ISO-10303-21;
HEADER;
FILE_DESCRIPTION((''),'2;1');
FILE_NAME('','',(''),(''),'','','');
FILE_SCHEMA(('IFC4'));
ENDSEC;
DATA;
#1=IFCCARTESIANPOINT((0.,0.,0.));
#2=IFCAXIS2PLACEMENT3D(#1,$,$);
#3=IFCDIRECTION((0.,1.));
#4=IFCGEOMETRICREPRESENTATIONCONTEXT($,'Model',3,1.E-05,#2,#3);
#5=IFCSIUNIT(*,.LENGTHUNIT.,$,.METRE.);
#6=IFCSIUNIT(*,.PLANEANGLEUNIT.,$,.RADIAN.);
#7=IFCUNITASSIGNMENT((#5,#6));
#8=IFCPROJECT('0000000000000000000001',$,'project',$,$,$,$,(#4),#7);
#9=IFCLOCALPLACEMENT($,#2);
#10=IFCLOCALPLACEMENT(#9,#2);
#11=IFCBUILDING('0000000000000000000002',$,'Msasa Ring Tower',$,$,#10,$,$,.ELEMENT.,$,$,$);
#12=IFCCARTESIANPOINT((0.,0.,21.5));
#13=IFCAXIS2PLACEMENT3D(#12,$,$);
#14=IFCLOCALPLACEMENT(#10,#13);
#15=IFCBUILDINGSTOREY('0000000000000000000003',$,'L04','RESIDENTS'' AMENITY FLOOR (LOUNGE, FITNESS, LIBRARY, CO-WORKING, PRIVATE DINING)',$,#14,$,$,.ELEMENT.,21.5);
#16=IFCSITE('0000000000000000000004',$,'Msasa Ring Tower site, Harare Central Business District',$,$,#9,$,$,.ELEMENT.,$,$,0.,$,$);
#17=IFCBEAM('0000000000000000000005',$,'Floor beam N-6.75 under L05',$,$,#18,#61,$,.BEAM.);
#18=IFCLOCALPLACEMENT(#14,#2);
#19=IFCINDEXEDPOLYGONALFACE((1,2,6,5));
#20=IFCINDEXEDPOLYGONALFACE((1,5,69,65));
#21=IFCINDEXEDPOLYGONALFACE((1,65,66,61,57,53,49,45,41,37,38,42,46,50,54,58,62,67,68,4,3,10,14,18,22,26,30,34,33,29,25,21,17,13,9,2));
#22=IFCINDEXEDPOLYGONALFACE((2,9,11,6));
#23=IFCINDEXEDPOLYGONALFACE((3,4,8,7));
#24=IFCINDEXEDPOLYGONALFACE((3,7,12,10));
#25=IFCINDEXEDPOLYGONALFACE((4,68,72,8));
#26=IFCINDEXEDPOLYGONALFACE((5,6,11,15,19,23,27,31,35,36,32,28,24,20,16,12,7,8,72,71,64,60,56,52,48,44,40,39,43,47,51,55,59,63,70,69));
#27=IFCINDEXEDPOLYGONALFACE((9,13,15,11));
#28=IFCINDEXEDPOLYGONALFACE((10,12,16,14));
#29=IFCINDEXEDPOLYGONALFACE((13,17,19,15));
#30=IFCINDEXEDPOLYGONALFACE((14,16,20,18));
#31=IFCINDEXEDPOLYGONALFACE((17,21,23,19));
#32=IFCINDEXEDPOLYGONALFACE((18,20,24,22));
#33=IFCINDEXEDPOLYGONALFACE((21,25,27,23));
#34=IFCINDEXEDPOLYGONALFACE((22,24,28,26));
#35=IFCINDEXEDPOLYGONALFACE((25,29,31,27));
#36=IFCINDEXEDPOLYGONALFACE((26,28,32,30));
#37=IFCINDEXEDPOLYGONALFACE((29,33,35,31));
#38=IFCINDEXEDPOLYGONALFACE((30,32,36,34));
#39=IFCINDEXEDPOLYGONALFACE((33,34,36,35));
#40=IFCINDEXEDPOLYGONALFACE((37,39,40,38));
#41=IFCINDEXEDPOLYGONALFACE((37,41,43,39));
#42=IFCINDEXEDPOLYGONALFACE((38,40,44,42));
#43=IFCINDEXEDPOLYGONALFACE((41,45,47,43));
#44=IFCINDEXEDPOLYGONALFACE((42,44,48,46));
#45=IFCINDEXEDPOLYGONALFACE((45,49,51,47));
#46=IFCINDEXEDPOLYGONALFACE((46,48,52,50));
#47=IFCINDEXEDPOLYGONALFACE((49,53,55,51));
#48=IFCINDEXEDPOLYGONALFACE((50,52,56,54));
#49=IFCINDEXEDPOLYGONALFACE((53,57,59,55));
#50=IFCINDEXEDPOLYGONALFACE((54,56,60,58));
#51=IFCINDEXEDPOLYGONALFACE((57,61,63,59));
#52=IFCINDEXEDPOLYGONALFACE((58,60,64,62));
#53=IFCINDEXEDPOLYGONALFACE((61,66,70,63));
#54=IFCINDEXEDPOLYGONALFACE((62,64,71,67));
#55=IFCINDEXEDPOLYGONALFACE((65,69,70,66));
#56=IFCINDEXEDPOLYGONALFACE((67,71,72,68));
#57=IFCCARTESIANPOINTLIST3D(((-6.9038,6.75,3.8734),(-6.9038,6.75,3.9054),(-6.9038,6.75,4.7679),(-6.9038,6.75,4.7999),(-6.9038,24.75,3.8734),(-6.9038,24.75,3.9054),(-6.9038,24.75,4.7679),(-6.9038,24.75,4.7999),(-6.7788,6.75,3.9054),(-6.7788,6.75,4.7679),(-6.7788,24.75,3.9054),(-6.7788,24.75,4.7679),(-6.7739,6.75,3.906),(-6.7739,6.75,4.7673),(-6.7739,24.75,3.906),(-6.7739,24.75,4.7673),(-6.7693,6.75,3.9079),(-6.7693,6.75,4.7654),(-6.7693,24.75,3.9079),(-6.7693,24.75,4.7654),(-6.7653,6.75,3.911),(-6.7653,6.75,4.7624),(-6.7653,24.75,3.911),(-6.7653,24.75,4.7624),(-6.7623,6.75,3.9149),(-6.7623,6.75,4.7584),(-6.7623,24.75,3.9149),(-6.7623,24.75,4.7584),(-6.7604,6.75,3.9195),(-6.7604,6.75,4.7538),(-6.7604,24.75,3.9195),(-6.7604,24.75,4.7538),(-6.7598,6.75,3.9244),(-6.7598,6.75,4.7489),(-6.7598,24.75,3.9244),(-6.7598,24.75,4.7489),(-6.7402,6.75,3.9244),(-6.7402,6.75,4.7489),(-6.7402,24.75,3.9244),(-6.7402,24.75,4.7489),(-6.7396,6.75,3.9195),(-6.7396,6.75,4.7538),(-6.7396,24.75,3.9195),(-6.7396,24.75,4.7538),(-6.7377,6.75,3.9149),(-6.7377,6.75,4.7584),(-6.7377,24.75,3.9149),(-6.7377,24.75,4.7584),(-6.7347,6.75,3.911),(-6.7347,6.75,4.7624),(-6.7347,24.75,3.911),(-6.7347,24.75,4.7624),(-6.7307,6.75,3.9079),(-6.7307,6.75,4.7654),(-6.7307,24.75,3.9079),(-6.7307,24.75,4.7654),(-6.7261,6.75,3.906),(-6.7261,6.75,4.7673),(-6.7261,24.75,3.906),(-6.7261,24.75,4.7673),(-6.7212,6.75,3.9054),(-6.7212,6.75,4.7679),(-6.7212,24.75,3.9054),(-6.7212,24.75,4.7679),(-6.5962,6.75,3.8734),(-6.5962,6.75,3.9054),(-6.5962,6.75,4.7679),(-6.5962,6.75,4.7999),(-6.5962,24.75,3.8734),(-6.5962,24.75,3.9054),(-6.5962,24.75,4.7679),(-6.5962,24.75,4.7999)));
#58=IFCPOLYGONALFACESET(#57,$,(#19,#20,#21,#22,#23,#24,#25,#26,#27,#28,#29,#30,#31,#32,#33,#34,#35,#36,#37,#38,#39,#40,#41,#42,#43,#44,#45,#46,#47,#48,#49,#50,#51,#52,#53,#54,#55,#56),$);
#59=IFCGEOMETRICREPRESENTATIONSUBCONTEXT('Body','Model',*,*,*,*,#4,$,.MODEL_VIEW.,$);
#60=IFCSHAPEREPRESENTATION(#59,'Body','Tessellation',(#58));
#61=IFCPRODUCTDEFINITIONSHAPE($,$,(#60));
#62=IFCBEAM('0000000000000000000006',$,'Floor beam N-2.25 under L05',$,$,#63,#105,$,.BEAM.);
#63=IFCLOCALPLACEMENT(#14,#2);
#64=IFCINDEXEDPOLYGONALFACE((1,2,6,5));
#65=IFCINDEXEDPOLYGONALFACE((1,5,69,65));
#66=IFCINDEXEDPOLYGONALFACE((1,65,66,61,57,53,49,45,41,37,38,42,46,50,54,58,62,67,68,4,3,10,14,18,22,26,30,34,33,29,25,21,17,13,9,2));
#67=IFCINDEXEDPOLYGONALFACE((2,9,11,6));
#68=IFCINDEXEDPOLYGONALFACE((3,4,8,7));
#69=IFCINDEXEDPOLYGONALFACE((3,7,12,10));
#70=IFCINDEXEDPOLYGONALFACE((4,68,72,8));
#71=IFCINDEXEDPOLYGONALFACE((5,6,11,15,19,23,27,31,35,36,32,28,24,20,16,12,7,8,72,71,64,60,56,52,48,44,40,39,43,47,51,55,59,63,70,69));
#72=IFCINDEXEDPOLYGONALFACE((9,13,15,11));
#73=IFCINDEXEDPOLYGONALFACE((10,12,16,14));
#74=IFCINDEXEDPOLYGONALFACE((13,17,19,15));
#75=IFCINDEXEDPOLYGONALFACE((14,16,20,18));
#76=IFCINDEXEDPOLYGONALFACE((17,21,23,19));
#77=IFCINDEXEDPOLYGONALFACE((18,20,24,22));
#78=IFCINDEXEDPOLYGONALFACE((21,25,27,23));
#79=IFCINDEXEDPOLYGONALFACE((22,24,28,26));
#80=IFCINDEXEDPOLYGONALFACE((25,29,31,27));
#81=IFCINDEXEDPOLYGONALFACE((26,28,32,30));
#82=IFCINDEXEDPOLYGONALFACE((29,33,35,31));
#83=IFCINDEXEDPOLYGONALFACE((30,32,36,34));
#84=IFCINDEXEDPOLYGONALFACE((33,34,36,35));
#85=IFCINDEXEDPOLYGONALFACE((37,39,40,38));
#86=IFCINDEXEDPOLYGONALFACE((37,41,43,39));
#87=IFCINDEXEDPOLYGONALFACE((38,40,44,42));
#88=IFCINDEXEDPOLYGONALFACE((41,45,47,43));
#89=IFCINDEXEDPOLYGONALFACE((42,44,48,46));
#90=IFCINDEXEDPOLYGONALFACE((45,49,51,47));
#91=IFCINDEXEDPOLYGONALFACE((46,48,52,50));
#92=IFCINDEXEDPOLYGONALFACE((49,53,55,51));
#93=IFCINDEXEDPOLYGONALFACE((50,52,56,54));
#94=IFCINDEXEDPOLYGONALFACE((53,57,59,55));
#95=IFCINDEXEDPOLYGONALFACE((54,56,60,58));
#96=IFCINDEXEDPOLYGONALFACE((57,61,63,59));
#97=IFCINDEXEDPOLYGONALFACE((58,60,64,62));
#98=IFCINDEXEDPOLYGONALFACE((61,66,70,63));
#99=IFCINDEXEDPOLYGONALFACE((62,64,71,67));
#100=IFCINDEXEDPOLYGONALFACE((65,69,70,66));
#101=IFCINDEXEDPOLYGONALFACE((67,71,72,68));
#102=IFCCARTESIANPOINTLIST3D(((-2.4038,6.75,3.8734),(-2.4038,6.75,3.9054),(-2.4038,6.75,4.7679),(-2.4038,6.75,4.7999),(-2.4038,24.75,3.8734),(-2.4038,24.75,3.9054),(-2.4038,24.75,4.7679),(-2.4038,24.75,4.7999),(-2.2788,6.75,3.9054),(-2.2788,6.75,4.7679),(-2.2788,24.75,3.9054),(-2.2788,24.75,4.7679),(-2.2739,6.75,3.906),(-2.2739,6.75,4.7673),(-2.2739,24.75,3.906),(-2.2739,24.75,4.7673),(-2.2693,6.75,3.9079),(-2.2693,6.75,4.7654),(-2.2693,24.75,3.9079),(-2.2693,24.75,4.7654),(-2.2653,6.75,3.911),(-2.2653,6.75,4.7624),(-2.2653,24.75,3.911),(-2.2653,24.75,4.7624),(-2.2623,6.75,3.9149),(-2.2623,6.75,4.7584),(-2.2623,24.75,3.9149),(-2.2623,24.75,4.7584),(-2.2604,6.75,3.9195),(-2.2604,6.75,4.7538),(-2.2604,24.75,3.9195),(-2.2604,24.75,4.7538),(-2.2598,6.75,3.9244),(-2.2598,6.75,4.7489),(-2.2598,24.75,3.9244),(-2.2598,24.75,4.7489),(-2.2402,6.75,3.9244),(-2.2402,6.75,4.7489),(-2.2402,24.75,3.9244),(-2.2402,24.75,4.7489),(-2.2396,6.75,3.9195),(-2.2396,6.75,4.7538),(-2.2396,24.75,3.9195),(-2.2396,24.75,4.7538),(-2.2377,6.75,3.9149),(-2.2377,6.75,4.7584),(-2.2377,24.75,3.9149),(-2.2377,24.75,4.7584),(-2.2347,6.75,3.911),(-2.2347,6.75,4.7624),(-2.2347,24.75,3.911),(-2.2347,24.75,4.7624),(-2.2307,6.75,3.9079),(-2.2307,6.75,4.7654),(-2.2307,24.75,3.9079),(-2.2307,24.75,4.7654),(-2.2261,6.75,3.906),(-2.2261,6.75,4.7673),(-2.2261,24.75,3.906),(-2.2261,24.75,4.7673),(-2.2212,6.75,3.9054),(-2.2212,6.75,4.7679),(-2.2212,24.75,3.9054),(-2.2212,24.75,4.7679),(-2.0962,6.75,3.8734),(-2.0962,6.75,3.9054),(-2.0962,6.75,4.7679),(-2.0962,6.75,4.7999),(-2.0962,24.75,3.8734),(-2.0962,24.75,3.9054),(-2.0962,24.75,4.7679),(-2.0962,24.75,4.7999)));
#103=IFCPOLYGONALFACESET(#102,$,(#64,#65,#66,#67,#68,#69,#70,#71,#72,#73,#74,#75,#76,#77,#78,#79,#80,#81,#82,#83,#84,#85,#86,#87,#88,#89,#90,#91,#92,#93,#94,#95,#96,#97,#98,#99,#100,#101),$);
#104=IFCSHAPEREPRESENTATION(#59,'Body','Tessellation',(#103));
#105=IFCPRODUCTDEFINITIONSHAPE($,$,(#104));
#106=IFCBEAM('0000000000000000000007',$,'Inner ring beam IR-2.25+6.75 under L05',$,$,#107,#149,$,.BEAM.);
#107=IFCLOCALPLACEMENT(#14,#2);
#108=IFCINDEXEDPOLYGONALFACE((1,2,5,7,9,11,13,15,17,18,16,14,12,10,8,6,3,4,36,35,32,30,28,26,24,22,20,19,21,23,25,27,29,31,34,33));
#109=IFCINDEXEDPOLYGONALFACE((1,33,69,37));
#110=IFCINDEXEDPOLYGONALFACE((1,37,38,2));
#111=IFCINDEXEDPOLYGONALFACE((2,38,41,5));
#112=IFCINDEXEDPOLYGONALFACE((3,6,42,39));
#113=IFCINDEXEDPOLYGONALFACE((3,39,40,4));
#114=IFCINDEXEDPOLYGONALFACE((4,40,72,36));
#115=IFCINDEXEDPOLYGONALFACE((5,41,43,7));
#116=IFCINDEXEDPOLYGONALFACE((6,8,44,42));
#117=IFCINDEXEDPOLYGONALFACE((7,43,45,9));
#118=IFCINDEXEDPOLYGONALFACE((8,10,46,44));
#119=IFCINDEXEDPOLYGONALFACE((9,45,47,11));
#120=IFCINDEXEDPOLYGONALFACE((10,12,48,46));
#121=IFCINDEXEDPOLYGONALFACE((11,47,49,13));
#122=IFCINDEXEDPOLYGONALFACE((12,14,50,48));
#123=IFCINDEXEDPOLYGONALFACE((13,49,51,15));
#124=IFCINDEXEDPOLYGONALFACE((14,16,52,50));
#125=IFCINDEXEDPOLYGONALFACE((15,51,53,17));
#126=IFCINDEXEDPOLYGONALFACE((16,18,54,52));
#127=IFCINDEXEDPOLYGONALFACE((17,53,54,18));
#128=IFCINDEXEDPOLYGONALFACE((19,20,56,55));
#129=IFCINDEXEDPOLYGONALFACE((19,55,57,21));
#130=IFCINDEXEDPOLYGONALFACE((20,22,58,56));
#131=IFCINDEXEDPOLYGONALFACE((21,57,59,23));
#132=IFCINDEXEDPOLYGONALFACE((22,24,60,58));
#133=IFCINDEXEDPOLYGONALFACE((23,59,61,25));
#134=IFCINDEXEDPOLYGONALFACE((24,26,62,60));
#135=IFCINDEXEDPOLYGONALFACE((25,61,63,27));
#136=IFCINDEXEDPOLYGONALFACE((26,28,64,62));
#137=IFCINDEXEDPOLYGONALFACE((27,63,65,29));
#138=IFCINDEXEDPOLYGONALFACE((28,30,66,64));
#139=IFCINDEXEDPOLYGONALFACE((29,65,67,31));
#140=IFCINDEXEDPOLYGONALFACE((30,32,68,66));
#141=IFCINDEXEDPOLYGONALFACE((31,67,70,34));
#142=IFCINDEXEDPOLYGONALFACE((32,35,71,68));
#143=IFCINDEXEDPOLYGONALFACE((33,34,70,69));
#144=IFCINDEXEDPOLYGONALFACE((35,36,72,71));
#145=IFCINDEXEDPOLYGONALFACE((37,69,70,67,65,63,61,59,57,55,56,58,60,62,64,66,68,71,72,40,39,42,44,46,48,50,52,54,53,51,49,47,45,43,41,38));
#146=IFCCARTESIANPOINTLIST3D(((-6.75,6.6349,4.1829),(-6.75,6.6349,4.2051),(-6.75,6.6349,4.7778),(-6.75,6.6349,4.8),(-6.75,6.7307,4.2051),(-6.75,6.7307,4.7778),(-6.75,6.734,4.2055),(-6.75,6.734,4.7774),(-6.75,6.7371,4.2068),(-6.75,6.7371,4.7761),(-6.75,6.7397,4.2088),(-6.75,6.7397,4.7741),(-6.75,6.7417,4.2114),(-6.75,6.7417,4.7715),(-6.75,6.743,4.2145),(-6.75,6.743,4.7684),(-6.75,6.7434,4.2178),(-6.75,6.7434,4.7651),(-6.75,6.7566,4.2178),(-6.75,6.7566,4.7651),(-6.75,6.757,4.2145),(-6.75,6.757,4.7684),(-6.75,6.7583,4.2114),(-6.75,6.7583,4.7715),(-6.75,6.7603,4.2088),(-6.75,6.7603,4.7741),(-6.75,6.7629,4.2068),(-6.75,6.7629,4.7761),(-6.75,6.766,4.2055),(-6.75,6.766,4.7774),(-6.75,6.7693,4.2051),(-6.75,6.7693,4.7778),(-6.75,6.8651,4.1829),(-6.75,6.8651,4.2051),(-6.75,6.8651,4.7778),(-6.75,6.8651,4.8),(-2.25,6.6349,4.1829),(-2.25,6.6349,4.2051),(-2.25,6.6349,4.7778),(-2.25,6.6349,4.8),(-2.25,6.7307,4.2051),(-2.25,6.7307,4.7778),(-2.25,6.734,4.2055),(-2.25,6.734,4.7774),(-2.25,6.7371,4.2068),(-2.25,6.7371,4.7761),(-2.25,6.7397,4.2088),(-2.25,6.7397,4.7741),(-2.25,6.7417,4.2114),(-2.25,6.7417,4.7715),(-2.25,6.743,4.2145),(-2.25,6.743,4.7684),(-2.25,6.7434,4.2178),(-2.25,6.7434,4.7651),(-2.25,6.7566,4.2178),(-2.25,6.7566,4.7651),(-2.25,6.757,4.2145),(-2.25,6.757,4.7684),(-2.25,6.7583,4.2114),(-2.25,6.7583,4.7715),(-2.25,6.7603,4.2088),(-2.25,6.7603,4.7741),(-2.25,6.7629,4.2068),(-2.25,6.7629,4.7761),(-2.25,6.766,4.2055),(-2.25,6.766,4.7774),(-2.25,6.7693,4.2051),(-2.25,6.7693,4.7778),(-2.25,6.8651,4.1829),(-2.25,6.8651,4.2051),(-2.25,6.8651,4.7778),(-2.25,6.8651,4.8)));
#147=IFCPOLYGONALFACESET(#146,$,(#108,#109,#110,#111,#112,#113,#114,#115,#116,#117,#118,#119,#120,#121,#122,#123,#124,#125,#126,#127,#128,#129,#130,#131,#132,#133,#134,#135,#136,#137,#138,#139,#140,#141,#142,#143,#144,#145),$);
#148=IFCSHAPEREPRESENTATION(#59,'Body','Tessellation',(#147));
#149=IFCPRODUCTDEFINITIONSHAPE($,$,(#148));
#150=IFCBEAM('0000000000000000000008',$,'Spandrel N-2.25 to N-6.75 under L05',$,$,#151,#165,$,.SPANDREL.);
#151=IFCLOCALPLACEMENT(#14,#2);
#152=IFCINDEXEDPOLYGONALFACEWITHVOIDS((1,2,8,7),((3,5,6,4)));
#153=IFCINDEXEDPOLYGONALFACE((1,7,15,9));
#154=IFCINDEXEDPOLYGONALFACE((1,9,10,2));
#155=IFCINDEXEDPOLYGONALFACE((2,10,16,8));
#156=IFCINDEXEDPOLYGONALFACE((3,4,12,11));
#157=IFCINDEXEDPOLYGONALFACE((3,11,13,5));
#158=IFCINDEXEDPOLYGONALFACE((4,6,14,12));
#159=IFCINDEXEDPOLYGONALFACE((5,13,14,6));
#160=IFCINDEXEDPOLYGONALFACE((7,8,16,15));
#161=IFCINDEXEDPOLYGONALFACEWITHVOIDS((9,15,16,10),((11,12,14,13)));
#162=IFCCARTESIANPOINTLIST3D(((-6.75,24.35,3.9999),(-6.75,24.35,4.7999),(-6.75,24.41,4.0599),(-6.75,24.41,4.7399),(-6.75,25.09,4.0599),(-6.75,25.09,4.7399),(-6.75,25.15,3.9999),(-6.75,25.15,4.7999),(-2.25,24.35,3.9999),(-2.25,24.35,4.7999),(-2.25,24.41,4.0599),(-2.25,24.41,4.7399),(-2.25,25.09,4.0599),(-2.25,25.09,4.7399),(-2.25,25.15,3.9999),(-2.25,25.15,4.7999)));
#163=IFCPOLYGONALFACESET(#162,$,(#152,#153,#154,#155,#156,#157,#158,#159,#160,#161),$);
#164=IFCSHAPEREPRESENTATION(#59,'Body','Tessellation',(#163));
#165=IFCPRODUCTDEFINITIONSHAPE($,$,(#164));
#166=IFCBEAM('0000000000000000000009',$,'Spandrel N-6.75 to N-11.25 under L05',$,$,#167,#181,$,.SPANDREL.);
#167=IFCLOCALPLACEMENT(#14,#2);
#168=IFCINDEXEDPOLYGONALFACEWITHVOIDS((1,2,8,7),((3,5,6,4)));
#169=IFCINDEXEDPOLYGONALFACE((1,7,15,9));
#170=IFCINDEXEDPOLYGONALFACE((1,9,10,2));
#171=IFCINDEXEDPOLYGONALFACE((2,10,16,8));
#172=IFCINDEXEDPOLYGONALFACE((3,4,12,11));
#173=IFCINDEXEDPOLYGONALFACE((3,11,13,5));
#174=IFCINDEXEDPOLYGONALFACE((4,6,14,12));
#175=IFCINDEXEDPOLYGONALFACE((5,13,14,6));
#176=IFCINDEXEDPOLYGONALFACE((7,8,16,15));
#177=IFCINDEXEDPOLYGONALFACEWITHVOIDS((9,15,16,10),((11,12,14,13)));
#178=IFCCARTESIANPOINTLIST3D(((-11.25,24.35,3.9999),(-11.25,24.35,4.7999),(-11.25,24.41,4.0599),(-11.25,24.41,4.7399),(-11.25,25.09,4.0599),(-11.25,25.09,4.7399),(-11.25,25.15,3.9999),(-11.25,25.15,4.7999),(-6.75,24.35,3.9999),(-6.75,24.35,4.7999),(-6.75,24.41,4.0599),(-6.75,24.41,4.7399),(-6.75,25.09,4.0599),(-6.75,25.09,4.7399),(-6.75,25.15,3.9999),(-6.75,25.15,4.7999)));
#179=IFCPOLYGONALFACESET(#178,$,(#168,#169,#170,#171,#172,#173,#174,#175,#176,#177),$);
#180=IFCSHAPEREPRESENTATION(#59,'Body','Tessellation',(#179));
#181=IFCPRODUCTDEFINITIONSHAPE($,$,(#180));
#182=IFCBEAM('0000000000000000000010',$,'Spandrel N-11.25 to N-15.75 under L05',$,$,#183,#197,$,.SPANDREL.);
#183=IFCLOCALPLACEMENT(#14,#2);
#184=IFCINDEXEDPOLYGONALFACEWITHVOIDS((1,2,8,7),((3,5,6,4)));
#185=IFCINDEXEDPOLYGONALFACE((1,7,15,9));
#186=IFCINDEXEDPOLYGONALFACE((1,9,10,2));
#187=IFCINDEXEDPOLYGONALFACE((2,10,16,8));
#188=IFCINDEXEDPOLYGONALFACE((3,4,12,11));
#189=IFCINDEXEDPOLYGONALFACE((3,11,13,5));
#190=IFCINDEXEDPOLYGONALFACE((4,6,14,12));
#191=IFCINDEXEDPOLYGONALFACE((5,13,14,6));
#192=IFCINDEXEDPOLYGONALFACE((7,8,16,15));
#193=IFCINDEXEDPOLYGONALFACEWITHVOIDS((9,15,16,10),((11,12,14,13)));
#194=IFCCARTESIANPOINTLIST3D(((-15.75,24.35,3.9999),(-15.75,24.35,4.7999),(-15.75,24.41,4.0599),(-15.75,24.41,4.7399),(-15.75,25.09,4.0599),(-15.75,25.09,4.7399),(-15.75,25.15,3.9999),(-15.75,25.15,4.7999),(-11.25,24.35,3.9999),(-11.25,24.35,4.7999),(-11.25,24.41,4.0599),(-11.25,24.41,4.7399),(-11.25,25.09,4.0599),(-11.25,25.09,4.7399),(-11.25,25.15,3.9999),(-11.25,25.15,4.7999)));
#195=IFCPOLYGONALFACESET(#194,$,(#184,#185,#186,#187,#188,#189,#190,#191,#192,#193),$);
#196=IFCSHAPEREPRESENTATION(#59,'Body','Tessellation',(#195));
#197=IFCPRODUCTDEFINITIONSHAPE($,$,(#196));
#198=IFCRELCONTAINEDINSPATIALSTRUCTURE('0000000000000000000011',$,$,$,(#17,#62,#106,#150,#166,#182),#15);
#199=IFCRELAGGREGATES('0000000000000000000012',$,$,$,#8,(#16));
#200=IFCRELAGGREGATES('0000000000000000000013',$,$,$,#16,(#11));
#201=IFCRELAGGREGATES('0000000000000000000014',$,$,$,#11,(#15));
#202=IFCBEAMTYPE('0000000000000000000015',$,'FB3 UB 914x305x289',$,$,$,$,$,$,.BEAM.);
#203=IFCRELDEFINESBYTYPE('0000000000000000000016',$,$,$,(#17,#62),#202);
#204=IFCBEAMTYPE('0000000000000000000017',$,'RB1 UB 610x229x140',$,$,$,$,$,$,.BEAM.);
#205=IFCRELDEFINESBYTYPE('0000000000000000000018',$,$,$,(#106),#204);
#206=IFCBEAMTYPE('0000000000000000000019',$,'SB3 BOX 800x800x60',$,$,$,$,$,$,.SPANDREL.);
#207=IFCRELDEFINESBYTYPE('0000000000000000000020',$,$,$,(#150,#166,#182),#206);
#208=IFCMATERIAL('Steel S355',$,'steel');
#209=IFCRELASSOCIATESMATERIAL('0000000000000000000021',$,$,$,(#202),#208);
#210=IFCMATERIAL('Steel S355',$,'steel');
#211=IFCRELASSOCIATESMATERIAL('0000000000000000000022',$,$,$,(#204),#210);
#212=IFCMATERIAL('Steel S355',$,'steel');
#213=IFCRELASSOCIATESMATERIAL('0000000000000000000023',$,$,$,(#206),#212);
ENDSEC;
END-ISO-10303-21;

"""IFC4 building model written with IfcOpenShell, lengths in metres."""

from ifc_helpers import new_model, si_unit, direction, frame, origin, origin_2d, place, context, subcontext, project, spatial, hollow_rectangle, i_section, extrude, material, material_profile, profile_set, type_object, element, save


model = new_model("IFC4")

# Units and contexts
model_context = context("Model", 3, precision=1e-05, world=origin(), true_north=direction((0.0, 1.0)))
body_context = subcontext(model_context, "Body", "Model", "MODEL_VIEW")
ifc_project = project(units=[si_unit("LENGTHUNIT", "METRE"), si_unit("PLANEANGLEUNIT", "RADIAN")], contexts=[model_context])

# Site, building, storey
site_placement = place(None, origin())
site = spatial("IfcSite", under=ifc_project, at=site_placement, Name="Msasa Ring Tower site, Harare Central Business District", CompositionType="ELEMENT", RefElevation=0.0)
building_placement = place(site_placement, origin())
building = spatial("IfcBuilding", under=site, at=building_placement, Name="Msasa Ring Tower", CompositionType="ELEMENT")
storey_placement = place(building_placement, frame((0.0, 0.0, 21.5)))
storey = spatial("IfcBuildingStorey", under=building, at=storey_placement, Name="L04", Description="RESIDENTS' AMENITY FLOOR (LOUNGE, FITNESS, LIBRARY, CO-WORKING, PRIVATE DINING)", CompositionType="ELEMENT", Elevation=21.5)

# Beams
ifc_material_1 = material(Name="Steel S355", Category="steel")
ifc_material_profile_1 = material_profile(ifc_material_1, i_section(OverallWidth=0.3076, OverallDepth=0.9265, WebThickness=0.0195, FlangeThickness=0.032, FilletRadius=0.019, at=origin_2d()), Name="UB 914x305x289")
ifc_profile_set_1 = profile_set([ifc_material_profile_1], Name="Steel S355")
beam_type_1 = type_object("IfcBeamType", Name="FB3 UB 914x305x289", PredefinedType="BEAM", material=ifc_profile_set_1)
for number, where, z_axis, x_axis, name in (
    (1, (-6.75, 24.75, 4.3367), (0.0, -1.0, 0.0), (1.0, 0.0, 0.0), "Floor beam N-6.75 under L05"),
    (2, (-2.25, 24.75, 4.3367), (0.0, -1.0, 0.0), (1.0, 0.0, 0.0), "Floor beam N-2.25 under L05"),
):
    element("IfcBeam", number, at=place(storey_placement, frame(where, z_axis=z_axis, x_axis=x_axis)), inside=storey, type_object=beam_type_1, Name=name, PredefinedType="BEAM", context=body_context, shape_type="SweptSolid", body=[
        extrude(i_section(OverallWidth=0.3076, OverallDepth=0.9265, WebThickness=0.0195, FlangeThickness=0.032, FilletRadius=0.019, at=origin_2d()), origin(), (0.0, 0.0, 1.0), 18.0),
    ])
ifc_material_2 = material(Name="Steel S355", Category="steel")
ifc_material_profile_2 = material_profile(ifc_material_2, i_section(OverallWidth=0.2302, OverallDepth=0.6172, WebThickness=0.0132, FlangeThickness=0.0222, FilletRadius=0.0127, at=origin_2d()), Name="UB 610x229x140")
ifc_profile_set_2 = profile_set([ifc_material_profile_2], Name="Steel S355")
beam_type_2 = type_object("IfcBeamType", Name="RB1 UB 610x229x140", PredefinedType="BEAM", material=ifc_profile_set_2)
beam_placement = place(storey_placement, frame((-2.25, 6.75, 4.4915), z_axis=(-1.0, 0.0, 0.0), x_axis=(0.0, -1.0, 0.0)))
element("IfcBeam", 3, at=beam_placement, inside=storey, type_object=beam_type_2, Name="Inner ring beam IR-2.25+6.75 under L05", PredefinedType="BEAM", context=body_context, shape_type="SweptSolid", body=[
    extrude(i_section(OverallWidth=0.2302, OverallDepth=0.6172, WebThickness=0.0132, FlangeThickness=0.0222, FilletRadius=0.0127, at=origin_2d()), origin(), (0.0, 0.0, 1.0), 4.5),
])
ifc_material_3 = material(Name="Steel S355", Category="steel")
ifc_material_profile_3 = material_profile(ifc_material_3, hollow_rectangle(XDim=0.8, YDim=0.8, WallThickness=0.0601, at=origin_2d()), Name="BOX 800x800x60")
ifc_profile_set_3 = profile_set([ifc_material_profile_3], Name="Steel S355")
beam_type_3 = type_object("IfcBeamType", Name="SB3 BOX 800x800x60", PredefinedType="SPANDREL", material=ifc_profile_set_3)
for number, where, z_axis, x_axis, name in (
    (4, (-2.25, 24.75, 4.3999), (-1.0, 0.0, 0.0), (0.0, -1.0, 0.0), "Spandrel N-2.25 to N-6.75 under L05"),
    (5, (-6.75, 24.75, 4.3999), (-1.0, 0.0, 0.0), (0.0, -1.0, 0.0), "Spandrel N-6.75 to N-11.25 under L05"),
    (6, (-11.25, 24.75, 4.3999), (-1.0, 0.0, 0.0), (0.0, -1.0, 0.0), "Spandrel N-11.25 to N-15.75 under L05"),
):
    element("IfcBeam", number, at=place(storey_placement, frame(where, z_axis=z_axis, x_axis=x_axis)), inside=storey, type_object=beam_type_3, Name=name, PredefinedType="SPANDREL", context=body_context, shape_type="SweptSolid", body=[
        extrude(hollow_rectangle(XDim=0.8, YDim=0.8, WallThickness=0.0601, at=origin_2d()), origin(), (0.0, 0.0, 1.0), 4.5),
    ])

save(model, "model.ifc")
